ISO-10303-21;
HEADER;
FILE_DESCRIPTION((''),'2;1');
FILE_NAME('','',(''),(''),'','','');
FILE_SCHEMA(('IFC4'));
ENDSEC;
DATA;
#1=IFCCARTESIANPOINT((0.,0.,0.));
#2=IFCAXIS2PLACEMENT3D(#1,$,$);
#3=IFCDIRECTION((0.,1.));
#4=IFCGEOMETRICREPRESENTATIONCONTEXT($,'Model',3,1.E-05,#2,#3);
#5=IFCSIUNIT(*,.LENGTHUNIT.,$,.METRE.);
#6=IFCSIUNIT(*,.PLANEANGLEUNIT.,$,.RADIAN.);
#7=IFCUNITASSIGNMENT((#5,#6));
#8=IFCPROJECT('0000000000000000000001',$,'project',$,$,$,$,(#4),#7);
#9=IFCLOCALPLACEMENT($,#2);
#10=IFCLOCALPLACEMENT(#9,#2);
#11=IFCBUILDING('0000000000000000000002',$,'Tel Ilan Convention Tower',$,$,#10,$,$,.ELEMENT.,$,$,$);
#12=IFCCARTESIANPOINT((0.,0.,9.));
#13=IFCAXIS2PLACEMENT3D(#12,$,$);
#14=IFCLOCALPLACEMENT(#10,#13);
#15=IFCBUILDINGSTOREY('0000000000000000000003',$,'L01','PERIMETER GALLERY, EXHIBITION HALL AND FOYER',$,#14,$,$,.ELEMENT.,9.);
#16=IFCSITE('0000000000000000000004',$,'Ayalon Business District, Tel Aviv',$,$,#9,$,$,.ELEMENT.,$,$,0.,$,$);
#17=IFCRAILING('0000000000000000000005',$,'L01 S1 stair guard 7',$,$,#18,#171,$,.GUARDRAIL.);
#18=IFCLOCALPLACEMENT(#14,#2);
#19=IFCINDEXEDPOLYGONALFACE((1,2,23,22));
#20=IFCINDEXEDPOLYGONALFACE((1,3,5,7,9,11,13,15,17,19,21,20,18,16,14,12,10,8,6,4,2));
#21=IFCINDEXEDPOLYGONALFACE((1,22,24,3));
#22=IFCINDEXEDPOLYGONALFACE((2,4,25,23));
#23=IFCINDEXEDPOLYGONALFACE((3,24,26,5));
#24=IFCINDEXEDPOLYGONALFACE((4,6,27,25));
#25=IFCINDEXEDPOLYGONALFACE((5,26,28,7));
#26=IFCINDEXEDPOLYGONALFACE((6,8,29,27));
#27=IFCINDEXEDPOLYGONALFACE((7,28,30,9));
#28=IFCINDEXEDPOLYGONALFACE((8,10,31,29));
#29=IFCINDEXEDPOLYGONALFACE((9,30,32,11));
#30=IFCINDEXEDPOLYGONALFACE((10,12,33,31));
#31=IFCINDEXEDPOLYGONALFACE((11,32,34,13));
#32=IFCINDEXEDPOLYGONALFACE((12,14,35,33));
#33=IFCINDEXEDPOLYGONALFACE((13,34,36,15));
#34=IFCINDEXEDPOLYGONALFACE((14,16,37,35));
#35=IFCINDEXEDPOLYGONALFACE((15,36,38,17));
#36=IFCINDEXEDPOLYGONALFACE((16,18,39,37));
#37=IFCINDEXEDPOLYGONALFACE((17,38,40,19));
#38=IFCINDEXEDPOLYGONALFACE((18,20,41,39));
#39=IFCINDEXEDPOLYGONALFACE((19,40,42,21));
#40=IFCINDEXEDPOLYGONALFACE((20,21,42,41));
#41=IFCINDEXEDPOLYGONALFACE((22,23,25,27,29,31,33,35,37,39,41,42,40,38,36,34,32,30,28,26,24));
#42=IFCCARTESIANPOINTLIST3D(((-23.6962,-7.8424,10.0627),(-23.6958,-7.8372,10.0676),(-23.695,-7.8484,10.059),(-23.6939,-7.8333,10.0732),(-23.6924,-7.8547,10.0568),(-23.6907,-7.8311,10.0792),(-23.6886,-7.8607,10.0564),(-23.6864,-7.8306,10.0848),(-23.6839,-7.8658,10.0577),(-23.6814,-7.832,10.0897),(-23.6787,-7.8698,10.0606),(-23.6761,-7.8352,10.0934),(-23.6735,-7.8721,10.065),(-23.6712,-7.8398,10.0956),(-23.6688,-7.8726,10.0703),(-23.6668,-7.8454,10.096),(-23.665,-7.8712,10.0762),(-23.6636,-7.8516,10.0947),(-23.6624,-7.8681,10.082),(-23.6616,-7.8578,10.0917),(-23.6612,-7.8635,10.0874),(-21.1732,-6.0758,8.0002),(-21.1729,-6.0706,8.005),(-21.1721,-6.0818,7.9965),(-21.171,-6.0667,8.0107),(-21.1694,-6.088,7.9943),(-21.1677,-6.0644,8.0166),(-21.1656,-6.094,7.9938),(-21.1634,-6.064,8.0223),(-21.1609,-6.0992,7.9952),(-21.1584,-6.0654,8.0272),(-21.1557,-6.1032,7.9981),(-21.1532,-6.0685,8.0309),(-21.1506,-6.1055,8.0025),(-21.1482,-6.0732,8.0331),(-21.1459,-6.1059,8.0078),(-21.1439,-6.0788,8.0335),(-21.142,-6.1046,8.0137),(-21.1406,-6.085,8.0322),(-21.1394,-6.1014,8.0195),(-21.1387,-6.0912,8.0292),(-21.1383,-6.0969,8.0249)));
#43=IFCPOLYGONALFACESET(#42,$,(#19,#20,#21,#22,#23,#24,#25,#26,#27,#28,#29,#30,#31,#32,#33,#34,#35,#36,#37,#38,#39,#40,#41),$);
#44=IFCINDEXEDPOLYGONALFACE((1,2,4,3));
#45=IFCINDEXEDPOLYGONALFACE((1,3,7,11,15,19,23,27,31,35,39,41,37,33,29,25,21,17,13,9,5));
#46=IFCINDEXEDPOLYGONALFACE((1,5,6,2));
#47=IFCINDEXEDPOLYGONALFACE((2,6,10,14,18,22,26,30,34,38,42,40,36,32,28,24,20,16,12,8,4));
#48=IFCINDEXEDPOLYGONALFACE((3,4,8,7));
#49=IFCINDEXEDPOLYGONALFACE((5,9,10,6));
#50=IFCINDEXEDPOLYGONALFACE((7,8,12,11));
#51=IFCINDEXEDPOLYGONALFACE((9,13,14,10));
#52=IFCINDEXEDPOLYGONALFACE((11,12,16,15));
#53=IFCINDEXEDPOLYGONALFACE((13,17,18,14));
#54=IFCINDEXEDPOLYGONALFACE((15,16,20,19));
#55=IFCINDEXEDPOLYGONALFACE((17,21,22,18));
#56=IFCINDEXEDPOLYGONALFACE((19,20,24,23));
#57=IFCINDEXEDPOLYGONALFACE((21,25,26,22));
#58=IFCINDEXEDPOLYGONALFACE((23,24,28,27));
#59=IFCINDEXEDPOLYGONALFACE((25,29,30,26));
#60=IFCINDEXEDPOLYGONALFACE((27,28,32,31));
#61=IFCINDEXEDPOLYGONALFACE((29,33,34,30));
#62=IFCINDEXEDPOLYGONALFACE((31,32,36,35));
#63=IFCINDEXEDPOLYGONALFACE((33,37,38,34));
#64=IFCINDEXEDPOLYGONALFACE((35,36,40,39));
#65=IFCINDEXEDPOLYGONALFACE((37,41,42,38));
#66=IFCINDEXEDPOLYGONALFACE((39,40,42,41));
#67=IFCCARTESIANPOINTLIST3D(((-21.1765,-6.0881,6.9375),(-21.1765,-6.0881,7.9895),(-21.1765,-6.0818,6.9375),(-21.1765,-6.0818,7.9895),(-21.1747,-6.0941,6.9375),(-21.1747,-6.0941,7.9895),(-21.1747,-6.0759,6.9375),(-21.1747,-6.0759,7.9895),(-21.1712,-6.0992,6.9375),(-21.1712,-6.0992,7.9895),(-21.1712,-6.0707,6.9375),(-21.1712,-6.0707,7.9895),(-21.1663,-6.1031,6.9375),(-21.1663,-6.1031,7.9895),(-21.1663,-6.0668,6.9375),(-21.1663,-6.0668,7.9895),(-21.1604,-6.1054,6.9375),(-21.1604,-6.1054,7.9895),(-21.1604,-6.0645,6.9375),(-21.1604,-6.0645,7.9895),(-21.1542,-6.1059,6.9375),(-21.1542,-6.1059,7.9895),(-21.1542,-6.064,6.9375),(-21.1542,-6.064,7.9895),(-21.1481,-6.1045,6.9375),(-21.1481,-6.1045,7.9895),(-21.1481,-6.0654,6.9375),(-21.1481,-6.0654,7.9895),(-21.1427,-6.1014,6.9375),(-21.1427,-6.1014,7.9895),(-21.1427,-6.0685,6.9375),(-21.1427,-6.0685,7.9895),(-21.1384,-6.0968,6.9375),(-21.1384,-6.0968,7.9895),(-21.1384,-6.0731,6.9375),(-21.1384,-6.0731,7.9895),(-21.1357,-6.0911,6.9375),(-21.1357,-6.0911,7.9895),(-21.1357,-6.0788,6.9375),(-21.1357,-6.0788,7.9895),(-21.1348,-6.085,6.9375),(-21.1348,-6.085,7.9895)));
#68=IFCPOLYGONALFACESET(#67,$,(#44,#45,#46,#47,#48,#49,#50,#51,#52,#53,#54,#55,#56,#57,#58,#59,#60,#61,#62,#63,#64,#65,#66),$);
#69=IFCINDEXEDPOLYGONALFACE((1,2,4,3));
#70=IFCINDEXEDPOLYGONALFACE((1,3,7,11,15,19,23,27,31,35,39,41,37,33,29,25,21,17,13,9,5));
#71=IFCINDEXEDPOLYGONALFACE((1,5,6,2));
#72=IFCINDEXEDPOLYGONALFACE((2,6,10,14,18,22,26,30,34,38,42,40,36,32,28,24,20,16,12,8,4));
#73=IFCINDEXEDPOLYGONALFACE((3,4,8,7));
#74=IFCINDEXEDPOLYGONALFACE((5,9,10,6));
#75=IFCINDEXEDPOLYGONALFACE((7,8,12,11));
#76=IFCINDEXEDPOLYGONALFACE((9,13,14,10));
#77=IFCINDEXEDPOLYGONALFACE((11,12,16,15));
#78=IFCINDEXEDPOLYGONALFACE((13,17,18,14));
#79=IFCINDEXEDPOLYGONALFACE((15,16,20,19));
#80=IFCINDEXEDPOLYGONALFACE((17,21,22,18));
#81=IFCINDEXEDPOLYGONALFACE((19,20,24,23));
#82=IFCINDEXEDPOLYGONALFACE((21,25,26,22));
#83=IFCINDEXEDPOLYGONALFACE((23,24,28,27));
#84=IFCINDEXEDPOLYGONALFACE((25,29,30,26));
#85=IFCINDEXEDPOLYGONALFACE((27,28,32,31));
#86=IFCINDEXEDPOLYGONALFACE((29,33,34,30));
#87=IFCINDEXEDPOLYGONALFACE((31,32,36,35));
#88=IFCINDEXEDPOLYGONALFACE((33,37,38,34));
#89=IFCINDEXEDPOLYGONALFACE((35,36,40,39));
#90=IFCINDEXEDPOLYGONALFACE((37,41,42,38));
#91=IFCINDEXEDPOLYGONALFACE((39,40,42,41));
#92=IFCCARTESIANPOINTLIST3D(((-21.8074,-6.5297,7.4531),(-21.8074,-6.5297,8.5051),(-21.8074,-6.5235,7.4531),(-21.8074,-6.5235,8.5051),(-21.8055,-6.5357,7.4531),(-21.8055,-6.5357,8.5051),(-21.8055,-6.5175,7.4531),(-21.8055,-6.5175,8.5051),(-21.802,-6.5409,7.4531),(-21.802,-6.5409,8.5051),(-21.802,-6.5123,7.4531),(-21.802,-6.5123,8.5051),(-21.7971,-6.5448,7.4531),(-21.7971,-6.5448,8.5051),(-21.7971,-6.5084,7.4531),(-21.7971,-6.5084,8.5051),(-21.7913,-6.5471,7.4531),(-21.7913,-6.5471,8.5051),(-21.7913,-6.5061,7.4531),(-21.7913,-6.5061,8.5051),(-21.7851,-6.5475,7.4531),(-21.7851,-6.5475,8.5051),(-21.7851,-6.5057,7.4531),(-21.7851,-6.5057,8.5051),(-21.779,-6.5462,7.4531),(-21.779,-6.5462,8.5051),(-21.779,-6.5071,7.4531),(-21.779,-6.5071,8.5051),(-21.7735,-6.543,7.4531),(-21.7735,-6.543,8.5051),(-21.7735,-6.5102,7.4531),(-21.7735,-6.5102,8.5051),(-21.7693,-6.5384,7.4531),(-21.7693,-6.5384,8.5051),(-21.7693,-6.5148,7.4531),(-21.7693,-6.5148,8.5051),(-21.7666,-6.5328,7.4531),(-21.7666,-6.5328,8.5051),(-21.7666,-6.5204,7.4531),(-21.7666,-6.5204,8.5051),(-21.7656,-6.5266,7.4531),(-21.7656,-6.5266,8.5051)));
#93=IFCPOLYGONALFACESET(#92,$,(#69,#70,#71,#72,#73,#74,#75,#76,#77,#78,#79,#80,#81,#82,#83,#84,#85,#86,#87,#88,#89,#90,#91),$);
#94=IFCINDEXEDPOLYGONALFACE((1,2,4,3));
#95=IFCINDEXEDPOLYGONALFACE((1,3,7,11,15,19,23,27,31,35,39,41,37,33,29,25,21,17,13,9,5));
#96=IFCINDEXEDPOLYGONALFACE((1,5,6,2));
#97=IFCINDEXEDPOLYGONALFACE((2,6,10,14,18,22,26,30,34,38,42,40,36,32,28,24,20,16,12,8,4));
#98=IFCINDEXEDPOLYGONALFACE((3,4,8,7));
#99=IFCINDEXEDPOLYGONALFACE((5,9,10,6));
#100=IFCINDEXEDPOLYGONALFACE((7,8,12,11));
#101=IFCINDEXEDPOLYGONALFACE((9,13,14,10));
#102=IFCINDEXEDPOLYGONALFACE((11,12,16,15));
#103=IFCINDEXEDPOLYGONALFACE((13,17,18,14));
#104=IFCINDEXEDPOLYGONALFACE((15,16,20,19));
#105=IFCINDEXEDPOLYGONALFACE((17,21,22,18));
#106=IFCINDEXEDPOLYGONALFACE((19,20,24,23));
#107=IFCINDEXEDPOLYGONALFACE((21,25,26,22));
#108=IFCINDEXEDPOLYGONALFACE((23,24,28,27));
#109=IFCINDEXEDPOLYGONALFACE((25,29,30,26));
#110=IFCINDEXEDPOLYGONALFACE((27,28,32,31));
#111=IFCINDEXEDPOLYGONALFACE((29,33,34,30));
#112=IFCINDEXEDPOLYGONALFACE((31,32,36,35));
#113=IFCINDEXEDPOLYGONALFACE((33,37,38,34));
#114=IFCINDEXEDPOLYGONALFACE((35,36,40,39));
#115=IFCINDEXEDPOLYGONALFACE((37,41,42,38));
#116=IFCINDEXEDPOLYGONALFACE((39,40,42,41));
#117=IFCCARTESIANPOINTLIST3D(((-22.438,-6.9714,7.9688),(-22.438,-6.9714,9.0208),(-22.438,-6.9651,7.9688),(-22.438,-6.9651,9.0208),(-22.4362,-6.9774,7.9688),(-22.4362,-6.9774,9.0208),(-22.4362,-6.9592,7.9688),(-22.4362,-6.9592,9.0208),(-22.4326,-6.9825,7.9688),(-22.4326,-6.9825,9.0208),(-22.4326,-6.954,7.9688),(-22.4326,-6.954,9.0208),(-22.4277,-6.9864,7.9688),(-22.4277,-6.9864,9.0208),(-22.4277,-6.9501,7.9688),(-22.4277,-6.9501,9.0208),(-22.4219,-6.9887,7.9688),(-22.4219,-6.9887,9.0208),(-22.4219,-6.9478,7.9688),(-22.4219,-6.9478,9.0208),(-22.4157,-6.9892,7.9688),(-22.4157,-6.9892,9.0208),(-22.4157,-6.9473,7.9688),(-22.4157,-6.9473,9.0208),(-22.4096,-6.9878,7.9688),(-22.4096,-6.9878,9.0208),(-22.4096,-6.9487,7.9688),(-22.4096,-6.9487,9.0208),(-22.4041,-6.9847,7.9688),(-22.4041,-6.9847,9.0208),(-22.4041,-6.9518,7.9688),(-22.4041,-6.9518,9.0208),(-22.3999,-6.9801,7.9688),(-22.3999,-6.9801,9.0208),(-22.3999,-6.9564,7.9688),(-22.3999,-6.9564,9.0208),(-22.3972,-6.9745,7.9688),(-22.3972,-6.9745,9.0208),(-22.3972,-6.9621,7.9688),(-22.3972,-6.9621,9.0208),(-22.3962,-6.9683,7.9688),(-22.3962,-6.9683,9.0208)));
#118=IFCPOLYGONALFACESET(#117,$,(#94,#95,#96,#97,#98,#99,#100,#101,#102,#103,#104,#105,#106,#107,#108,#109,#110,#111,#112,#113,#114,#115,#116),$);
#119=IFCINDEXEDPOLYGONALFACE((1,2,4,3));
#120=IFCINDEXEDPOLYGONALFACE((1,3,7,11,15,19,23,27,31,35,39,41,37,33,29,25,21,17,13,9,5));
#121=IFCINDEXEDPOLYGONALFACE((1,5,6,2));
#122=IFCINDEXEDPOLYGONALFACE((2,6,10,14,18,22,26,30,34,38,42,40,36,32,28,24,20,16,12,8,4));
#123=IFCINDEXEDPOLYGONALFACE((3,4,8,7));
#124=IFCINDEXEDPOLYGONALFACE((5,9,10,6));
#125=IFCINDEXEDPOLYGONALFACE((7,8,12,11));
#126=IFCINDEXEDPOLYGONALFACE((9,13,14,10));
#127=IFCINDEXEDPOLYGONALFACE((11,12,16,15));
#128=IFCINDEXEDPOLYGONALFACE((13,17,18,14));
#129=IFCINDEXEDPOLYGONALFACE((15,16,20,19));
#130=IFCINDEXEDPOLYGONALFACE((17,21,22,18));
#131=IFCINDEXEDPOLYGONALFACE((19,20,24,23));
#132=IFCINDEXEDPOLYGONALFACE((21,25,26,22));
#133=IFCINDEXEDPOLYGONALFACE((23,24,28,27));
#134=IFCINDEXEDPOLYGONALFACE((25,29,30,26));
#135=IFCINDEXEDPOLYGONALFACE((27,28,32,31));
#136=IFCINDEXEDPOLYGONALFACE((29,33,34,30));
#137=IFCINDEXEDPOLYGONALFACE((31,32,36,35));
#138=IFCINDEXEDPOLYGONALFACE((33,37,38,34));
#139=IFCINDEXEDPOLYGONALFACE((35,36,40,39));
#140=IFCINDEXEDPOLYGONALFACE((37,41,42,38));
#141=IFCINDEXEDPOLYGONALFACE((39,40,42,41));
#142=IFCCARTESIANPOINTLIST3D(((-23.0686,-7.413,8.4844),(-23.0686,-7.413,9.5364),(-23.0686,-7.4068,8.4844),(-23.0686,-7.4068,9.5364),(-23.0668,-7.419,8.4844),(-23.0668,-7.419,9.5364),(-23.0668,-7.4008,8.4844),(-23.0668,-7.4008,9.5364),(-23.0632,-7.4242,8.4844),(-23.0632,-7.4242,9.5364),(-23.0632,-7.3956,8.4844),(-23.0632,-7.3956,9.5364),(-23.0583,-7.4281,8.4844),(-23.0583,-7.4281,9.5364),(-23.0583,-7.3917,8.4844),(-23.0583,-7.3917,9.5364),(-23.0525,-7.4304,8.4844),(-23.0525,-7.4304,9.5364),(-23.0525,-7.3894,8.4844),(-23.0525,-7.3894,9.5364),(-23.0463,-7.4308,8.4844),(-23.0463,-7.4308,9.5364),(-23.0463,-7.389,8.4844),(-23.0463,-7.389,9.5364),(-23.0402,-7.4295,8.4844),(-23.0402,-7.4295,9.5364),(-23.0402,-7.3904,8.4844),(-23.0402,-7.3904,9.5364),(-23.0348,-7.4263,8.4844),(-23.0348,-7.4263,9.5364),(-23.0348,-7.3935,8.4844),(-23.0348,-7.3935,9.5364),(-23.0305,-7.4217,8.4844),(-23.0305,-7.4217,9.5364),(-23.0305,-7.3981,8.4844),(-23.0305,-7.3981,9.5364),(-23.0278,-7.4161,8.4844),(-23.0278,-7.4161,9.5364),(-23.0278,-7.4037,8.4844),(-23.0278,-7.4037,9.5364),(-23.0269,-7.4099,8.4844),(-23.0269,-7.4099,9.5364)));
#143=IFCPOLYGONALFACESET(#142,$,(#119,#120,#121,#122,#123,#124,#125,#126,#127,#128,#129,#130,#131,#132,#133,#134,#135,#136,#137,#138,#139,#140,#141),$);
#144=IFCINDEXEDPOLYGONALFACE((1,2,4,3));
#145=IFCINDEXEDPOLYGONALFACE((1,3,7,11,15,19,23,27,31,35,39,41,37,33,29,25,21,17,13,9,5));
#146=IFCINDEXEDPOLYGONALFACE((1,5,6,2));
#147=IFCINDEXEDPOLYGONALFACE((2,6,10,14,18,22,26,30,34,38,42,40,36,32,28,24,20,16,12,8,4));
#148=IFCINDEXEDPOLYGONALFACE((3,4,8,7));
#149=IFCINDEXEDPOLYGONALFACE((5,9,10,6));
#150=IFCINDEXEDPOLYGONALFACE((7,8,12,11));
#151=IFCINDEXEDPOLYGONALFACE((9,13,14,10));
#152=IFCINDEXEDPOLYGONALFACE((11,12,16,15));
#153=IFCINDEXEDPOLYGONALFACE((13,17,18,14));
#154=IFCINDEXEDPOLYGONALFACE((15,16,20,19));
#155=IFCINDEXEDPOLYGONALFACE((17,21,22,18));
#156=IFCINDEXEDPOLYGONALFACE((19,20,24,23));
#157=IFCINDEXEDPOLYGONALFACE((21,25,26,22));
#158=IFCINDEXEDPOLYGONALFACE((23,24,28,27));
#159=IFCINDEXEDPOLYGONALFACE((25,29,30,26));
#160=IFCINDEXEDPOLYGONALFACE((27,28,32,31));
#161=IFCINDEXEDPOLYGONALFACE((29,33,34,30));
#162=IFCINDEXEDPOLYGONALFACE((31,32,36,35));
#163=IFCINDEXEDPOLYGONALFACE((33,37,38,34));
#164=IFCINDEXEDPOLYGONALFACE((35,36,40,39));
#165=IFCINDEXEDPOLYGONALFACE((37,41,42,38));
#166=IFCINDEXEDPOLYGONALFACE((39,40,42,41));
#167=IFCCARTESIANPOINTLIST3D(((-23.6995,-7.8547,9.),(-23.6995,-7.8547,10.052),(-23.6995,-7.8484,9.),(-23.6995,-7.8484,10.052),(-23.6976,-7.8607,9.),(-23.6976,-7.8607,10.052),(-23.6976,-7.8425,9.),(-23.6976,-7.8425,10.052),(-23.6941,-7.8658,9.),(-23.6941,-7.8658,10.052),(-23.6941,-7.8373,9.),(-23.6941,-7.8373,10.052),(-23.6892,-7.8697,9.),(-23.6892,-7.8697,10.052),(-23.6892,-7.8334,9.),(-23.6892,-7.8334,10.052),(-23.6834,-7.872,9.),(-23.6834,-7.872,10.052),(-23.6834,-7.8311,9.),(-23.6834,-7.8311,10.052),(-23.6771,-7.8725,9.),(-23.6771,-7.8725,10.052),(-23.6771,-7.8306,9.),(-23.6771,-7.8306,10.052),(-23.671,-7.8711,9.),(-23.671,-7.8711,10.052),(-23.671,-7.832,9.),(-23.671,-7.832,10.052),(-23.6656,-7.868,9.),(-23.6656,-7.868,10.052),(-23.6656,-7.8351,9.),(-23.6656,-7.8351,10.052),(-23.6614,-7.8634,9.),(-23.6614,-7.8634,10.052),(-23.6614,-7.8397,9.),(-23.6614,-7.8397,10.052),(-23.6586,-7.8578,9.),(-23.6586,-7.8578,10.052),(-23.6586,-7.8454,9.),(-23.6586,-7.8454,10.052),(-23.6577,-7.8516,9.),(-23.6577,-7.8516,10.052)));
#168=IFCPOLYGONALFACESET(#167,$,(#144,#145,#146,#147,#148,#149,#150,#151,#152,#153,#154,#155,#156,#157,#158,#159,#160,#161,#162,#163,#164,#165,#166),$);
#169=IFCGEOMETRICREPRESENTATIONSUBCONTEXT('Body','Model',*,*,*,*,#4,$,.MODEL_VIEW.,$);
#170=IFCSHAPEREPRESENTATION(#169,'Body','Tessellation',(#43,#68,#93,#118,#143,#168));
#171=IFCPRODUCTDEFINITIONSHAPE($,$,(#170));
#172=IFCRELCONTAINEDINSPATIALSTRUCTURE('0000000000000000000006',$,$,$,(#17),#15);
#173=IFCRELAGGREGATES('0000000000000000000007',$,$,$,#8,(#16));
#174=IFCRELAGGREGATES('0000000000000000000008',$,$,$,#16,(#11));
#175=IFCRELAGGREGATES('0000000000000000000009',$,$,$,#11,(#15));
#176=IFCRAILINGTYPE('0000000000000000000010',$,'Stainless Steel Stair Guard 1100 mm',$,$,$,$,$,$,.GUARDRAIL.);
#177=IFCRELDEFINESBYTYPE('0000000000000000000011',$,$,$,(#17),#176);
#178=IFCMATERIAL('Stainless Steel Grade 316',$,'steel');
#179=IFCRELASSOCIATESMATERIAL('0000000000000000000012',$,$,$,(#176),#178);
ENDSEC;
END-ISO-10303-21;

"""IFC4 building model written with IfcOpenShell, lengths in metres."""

from ifc_helpers import new_model, si_unit, direction, frame, origin, origin_2d, place, context, subcontext, project, spatial, circle, extrude, material, type_object, element, save


model = new_model("IFC4")

# Units and contexts
model_context = context("Model", 3, precision=1e-05, world=origin(), true_north=direction((0.0, 1.0)))
body_context = subcontext(model_context, "Body", "Model", "MODEL_VIEW")
ifc_project = project(units=[si_unit("LENGTHUNIT", "METRE"), si_unit("PLANEANGLEUNIT", "RADIAN")], contexts=[model_context])

# Site, building, storey
site_placement = place(None, origin())
site = spatial("IfcSite", under=ifc_project, at=site_placement, Name="Ayalon Business District, Tel Aviv", CompositionType="ELEMENT", RefElevation=0.0)
building_placement = place(site_placement, origin())
building = spatial("IfcBuilding", under=site, at=building_placement, Name="Tel Ilan Convention Tower", CompositionType="ELEMENT")
storey_placement = place(building_placement, frame((0.0, 0.0, 9.0)))
storey = spatial("IfcBuildingStorey", under=building, at=storey_placement, Name="L01", Description="PERIMETER GALLERY, EXHIBITION HALL AND FOYER", CompositionType="ELEMENT", Elevation=9.0)

# Railing
ifc_material_1 = material(Name="Stainless Steel Grade 316", Category="steel")
railing_type_1 = type_object("IfcRailingType", Name="Stainless Steel Stair Guard 1100 mm", PredefinedType="GUARDRAIL", material=ifc_material_1)
railing_1_placement = place(storey_placement, frame((-21.1558, -6.085, 6.9375)))
element("IfcRailing", 1, at=railing_1_placement, inside=storey, type_object=railing_type_1, Name="L01 S1 stair guard 7", PredefinedType="GUARDRAIL", context=body_context, shape_type="SweptSolid", body=[
    extrude(circle(Radius=0.0239, at=origin_2d()), frame((0.0, 0.0, 1.0762), z_axis=(-0.680635, -0.476589, 0.556416), x_axis=(0.573579, -0.81915, 0.0)), (0.0, 0.0, 1.0), 3.7068),
    extrude(circle(Radius=0.021, at=origin_2d()), origin(), (0.0, 0.0, 1.0), 1.052),
    extrude(circle(Radius=0.021, at=origin_2d()), frame((-0.6309, -0.4417, 0.5156)), (0.0, 0.0, 1.0), 1.052),
    extrude(circle(Radius=0.021, at=origin_2d()), frame((-1.2615, -0.8833, 1.0312)), (0.0, 0.0, 1.0), 1.052),
    extrude(circle(Radius=0.021, at=origin_2d()), frame((-1.8921, -1.325, 1.5469)), (0.0, 0.0, 1.0), 1.052),
    extrude(circle(Radius=0.021, at=origin_2d()), frame((-2.5229, -1.7666, 2.0625)), (0.0, 0.0, 1.0), 1.052),
])

save(model, "model.ifc")
